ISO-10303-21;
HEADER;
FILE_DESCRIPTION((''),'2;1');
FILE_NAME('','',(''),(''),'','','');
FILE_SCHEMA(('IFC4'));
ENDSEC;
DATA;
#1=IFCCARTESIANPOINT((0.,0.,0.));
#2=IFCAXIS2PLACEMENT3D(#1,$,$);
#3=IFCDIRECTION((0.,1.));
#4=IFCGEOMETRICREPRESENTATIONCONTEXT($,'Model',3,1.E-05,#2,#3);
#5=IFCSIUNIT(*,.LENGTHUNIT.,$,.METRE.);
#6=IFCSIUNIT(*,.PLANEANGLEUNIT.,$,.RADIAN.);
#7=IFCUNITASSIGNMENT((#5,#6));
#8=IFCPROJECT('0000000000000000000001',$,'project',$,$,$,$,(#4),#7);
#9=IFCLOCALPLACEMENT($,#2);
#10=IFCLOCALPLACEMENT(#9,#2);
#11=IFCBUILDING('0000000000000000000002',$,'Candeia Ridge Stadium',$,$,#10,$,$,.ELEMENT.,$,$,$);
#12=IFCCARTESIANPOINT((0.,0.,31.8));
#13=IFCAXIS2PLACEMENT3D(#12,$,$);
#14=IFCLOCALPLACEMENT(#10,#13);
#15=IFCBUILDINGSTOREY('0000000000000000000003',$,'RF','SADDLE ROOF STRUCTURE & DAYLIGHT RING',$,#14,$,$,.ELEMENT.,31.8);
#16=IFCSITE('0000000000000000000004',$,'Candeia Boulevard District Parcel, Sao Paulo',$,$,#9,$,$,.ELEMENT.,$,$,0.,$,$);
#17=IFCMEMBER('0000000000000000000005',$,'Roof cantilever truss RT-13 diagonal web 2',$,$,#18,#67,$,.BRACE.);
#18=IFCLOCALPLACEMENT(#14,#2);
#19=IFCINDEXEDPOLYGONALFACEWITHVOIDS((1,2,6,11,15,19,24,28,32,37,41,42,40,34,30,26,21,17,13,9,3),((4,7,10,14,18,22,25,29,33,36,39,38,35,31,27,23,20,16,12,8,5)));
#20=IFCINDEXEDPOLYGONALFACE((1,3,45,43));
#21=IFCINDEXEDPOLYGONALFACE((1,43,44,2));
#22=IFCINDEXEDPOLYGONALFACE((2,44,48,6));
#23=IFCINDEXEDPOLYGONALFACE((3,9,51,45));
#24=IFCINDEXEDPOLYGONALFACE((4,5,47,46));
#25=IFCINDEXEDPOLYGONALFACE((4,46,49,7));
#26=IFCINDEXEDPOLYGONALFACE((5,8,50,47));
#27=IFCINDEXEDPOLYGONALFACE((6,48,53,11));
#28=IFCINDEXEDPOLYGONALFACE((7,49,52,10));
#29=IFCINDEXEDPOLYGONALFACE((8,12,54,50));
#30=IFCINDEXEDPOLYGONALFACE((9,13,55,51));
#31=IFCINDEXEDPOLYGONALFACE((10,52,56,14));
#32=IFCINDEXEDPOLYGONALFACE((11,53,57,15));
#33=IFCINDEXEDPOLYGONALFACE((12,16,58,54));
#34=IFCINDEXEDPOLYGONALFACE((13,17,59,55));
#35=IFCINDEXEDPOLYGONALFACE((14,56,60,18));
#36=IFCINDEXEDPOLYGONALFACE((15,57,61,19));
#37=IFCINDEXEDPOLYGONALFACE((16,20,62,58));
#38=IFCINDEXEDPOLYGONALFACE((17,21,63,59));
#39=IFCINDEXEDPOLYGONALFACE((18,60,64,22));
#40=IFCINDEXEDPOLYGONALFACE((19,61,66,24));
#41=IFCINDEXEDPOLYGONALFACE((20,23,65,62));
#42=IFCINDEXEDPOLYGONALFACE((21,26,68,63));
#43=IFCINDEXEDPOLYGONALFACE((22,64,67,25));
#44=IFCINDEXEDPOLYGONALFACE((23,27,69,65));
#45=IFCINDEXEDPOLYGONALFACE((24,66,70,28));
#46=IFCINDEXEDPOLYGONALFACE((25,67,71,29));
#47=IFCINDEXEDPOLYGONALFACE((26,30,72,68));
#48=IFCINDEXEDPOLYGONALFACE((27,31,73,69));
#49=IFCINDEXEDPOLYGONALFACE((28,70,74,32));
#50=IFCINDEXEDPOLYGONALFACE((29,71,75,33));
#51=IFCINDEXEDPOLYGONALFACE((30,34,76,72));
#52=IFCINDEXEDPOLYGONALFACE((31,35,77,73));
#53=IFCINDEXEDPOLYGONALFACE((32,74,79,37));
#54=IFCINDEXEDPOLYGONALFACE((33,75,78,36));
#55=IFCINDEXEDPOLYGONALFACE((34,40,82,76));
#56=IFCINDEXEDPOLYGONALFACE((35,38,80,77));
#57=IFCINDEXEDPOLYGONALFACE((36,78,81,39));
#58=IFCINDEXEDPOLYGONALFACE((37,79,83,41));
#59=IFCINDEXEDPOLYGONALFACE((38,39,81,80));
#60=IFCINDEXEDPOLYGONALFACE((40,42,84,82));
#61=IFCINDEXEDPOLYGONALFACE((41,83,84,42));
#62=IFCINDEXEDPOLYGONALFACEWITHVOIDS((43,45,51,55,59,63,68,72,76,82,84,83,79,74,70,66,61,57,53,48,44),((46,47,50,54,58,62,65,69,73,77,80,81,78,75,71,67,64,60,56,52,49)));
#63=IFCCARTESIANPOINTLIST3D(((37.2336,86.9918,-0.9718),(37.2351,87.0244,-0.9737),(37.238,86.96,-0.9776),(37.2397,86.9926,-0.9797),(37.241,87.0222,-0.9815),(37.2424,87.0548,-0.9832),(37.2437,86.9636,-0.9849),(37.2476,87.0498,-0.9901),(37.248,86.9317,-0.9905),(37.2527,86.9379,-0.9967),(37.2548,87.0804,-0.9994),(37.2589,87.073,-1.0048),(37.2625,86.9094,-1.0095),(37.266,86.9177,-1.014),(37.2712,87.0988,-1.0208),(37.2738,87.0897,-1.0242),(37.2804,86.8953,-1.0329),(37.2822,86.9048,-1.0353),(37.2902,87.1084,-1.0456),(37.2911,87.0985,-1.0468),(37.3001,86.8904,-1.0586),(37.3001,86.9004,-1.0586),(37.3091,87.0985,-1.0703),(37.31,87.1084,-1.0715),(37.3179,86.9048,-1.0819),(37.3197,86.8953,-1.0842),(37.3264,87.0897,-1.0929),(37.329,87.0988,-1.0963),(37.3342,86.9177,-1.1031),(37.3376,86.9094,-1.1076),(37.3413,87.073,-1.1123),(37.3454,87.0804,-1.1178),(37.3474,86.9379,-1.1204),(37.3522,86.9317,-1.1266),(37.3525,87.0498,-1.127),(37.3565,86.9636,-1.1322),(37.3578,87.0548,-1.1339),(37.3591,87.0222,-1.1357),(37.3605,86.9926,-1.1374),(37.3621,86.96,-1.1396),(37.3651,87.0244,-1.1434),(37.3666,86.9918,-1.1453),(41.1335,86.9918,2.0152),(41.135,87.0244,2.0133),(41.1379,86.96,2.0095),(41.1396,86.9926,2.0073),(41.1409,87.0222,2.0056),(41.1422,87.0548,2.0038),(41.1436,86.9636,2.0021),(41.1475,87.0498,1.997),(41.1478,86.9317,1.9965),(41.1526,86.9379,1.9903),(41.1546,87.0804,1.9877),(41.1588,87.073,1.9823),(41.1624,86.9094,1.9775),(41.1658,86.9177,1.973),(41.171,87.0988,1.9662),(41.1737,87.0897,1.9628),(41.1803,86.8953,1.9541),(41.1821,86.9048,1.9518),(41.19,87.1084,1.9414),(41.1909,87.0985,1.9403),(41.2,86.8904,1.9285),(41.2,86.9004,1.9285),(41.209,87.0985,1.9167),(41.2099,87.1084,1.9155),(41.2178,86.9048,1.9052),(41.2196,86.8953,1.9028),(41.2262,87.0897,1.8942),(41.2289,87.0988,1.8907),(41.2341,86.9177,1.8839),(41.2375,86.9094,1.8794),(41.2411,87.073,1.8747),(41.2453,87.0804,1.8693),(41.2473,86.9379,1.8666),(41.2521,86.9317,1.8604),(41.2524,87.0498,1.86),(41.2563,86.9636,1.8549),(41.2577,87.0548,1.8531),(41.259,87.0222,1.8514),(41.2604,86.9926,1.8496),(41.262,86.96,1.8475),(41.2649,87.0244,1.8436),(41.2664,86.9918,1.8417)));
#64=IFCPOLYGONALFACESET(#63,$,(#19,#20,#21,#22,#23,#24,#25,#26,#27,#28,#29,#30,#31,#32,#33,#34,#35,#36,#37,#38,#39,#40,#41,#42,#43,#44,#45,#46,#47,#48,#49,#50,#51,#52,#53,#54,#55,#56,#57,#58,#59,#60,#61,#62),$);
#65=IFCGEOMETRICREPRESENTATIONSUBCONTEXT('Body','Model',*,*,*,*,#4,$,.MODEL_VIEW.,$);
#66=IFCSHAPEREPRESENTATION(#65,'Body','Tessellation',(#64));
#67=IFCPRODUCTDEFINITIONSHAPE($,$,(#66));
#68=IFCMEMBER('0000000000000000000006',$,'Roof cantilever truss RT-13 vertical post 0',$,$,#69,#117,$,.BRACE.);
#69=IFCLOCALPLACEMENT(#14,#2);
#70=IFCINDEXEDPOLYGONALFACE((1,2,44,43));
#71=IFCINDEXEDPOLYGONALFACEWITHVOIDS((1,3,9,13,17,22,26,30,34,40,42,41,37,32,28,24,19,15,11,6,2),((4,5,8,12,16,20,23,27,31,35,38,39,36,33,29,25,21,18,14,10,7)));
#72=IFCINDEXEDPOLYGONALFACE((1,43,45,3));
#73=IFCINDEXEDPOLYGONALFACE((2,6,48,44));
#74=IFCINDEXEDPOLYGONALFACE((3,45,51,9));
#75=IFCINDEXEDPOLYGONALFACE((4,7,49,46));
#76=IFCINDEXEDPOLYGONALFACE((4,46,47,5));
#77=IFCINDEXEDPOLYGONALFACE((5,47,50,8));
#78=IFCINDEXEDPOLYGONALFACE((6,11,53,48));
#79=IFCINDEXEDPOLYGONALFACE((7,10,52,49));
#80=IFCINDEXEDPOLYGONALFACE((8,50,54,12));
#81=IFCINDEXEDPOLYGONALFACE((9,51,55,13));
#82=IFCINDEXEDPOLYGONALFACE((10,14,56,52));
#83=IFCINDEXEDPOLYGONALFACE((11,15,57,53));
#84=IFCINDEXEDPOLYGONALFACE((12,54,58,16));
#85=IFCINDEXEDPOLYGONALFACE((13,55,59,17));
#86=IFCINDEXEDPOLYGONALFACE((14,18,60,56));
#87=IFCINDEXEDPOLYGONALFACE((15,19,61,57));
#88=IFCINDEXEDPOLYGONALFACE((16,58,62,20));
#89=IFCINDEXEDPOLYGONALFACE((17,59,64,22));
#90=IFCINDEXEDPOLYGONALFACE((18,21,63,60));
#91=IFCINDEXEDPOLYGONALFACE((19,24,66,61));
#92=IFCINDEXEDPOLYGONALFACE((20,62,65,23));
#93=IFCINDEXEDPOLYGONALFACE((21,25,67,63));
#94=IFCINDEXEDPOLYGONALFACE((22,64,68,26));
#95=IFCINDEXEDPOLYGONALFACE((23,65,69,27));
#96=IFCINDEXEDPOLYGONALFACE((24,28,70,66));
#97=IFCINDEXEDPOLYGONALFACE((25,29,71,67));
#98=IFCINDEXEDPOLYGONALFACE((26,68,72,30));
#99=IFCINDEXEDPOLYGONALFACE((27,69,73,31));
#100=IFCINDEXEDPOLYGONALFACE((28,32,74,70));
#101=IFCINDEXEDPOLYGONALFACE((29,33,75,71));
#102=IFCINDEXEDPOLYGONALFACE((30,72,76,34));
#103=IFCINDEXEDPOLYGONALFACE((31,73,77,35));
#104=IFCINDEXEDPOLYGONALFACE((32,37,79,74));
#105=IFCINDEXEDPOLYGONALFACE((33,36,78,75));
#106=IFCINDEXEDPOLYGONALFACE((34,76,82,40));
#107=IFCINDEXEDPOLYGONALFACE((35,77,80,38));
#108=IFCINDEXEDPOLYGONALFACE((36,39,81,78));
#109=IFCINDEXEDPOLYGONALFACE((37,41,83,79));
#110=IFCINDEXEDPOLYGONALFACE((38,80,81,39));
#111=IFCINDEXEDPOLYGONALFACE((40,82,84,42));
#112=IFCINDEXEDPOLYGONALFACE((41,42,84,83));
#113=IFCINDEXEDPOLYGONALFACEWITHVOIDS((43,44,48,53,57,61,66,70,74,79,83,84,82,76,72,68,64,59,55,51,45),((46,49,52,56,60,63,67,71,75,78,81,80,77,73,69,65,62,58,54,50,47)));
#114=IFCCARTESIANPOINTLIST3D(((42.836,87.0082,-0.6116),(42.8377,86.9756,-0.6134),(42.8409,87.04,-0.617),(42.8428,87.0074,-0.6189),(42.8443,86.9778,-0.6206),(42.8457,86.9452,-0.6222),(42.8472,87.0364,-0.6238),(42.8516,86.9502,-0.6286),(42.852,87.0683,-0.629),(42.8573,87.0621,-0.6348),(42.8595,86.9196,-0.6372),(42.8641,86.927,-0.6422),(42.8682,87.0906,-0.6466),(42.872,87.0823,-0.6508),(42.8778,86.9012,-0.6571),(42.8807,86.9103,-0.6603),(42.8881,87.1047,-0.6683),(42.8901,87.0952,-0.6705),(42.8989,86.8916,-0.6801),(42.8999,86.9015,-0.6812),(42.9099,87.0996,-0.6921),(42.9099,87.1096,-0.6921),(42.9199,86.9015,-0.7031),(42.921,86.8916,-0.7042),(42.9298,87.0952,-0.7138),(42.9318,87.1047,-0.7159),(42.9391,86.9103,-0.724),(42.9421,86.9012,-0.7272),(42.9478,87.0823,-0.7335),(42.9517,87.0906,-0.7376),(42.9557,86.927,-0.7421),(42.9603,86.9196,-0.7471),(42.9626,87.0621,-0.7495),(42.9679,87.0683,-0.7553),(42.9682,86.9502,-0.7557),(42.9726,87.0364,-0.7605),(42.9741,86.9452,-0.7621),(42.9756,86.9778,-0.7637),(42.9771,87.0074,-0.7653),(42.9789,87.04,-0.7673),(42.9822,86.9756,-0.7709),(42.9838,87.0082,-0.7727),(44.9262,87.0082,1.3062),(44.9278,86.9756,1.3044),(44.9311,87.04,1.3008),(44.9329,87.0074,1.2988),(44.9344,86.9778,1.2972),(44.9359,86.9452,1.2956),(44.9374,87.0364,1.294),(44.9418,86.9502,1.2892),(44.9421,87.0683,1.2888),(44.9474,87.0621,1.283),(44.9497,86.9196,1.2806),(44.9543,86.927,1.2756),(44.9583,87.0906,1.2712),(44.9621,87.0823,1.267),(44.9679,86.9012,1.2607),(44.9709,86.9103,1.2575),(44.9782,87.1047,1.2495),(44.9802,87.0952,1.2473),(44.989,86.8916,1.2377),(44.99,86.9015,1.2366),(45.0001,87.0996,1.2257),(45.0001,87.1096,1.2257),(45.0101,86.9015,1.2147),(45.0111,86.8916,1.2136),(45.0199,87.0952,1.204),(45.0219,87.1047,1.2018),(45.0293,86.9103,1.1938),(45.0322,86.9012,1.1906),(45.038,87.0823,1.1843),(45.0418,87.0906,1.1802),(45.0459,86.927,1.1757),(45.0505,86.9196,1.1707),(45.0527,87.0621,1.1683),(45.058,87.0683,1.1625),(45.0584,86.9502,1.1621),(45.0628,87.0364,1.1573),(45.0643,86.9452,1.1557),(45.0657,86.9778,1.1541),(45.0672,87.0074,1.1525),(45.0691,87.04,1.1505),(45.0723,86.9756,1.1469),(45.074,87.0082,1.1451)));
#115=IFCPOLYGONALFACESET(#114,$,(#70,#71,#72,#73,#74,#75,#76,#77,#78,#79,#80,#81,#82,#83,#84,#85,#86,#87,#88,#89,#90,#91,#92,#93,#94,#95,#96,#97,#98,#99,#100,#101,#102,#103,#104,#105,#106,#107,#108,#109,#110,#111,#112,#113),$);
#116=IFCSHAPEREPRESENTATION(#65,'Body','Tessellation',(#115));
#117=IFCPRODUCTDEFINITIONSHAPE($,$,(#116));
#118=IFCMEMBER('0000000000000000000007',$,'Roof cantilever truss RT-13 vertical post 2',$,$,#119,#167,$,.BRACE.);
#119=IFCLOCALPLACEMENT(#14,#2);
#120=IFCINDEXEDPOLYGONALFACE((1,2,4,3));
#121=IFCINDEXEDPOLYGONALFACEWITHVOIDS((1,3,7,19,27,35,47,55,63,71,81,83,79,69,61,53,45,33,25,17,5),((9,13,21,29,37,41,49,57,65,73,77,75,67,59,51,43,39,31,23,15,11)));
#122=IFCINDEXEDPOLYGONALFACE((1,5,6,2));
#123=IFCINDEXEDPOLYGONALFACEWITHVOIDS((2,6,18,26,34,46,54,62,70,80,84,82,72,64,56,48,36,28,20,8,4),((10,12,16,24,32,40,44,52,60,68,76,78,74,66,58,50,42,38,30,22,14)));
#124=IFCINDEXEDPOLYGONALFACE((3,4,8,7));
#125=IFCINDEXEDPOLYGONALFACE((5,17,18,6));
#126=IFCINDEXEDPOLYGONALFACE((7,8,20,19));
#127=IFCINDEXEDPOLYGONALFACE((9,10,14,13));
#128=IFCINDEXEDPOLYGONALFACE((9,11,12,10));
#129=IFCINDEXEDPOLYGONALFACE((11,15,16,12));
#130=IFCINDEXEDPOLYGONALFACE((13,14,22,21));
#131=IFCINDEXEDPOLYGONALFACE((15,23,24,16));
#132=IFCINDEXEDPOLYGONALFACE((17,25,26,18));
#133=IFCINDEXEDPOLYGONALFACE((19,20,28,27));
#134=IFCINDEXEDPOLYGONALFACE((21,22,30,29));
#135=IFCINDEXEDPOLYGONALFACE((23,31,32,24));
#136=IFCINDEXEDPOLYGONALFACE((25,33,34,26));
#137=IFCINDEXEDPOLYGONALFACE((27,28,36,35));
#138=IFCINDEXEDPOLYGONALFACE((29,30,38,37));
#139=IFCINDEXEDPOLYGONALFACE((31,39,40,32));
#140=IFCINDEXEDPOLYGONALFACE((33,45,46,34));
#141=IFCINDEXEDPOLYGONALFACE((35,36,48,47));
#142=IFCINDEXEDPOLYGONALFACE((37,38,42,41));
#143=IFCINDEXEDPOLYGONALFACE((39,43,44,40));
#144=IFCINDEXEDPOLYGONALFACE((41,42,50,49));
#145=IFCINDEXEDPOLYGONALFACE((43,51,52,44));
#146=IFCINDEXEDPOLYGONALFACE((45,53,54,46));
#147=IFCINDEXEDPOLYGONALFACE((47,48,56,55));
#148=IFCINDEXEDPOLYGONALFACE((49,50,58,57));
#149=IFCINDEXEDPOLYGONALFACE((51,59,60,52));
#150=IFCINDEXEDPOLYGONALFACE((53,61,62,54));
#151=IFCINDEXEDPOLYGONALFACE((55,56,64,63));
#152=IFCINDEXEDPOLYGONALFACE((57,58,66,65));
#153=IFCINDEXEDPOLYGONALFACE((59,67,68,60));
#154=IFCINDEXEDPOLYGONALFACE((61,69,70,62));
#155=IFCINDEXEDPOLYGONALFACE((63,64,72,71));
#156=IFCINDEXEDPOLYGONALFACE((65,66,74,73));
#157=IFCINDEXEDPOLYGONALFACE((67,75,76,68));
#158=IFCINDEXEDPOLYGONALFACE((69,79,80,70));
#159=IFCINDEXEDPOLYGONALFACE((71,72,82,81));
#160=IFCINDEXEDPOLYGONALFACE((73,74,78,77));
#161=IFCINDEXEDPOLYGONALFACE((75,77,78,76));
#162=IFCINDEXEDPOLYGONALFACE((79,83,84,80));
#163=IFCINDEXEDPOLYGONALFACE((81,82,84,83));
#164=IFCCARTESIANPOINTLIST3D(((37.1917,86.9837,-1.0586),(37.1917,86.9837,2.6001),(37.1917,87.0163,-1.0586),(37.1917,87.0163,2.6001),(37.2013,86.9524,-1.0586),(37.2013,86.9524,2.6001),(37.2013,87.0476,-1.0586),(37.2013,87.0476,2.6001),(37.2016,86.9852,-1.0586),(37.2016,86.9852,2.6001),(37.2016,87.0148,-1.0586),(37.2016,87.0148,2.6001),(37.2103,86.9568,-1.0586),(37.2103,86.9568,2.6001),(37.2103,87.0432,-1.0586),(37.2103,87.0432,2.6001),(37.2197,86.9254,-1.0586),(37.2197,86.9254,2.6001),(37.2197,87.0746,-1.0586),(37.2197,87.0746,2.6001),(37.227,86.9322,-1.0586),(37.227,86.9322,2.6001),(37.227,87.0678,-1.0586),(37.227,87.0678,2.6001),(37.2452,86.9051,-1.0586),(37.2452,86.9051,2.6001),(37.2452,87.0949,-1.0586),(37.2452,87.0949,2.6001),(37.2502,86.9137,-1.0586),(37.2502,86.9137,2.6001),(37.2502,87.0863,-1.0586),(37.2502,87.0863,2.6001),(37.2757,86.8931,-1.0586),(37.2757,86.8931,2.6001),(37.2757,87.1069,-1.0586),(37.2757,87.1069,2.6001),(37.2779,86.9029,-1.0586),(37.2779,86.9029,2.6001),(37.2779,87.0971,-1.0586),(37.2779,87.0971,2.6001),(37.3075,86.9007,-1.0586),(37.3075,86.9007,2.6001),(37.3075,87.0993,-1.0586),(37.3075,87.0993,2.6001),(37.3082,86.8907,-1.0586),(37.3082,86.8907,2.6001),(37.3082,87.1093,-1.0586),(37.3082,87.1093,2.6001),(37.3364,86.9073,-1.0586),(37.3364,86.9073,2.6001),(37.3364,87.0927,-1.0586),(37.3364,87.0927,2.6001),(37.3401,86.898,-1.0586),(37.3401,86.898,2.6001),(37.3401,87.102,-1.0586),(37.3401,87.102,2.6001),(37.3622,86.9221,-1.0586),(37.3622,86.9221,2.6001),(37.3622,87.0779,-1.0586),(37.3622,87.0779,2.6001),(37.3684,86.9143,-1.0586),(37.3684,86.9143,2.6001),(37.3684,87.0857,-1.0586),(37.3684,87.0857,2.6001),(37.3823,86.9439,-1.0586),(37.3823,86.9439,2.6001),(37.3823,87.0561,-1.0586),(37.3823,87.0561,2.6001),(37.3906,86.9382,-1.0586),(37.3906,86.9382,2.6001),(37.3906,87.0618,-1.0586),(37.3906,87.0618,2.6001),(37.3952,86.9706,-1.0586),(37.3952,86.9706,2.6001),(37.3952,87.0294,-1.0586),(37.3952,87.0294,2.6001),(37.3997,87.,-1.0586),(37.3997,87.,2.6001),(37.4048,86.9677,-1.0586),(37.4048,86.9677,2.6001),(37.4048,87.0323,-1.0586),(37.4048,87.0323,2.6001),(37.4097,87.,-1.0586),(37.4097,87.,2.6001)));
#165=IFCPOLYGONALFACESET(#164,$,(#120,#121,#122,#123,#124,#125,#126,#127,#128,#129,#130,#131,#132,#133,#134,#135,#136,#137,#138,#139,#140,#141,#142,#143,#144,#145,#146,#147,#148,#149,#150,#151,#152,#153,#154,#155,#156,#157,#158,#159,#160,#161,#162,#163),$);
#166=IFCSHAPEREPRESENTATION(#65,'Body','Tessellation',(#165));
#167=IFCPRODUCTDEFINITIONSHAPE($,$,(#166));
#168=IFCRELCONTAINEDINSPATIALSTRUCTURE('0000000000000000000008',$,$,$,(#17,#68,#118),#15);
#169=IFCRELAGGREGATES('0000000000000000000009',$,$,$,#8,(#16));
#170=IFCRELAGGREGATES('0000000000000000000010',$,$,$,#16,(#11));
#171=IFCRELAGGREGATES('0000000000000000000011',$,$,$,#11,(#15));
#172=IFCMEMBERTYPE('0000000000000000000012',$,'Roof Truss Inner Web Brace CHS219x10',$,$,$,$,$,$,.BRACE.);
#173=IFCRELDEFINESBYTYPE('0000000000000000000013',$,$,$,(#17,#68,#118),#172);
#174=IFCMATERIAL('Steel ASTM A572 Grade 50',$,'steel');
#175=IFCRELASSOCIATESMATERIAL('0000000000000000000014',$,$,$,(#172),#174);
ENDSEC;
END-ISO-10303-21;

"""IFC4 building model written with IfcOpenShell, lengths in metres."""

from ifc_helpers import new_model, si_unit, direction, frame, origin, origin_2d, place, context, subcontext, project, spatial, hollow_circle, extrude, material, material_profile, profile_set, type_object, element, save


model = new_model("IFC4")

# Units and contexts
model_context = context("Model", 3, precision=1e-05, world=origin(), true_north=direction((0.0, 1.0)))
body_context = subcontext(model_context, "Body", "Model", "MODEL_VIEW")
ifc_project = project(units=[si_unit("LENGTHUNIT", "METRE"), si_unit("PLANEANGLEUNIT", "RADIAN")], contexts=[model_context])

# Site, building, storey
site_placement = place(None, origin())
site = spatial("IfcSite", under=ifc_project, at=site_placement, Name="Candeia Boulevard District Parcel, Sao Paulo", CompositionType="ELEMENT", RefElevation=0.0)
building_placement = place(site_placement, origin())
building = spatial("IfcBuilding", under=site, at=building_placement, Name="Candeia Ridge Stadium", CompositionType="ELEMENT")
storey_placement = place(building_placement, frame((0.0, 0.0, 31.8)))
storey = spatial("IfcBuildingStorey", under=building, at=storey_placement, Name="RF", Description="SADDLE ROOF STRUCTURE & DAYLIGHT RING", CompositionType="ELEMENT", Elevation=31.8)

# Shared definitions
ifc_material_1 = material(Name="Steel ASTM A572 Grade 50", Category="steel")

# Members
ifc_material_profile_1 = material_profile(ifc_material_1, hollow_circle(Radius=0.1096, WallThickness=0.01, at=origin_2d()), Name="CHS219x10", Category="steel")
ifc_profile_set_1 = profile_set([ifc_material_profile_1], Name="Steel ASTM A572 Grade 50")
member_type_1 = type_object("IfcMemberType", Name="Roof Truss Inner Web Brace CHS219x10", PredefinedType="BRACE", material=ifc_profile_set_1)
member_1_placement = place(storey_placement, frame((41.2, 87.0, 1.9285), z_axis=(-0.793888, 0.0, -0.608064), x_axis=(0.0, -1.0, 0.0)))
element("IfcMember", 1, at=member_1_placement, inside=storey, type_object=member_type_1, Name="Roof cantilever truss RT-13 diagonal web 2", PredefinedType="BRACE", context=body_context, shape_type="SweptSolid", body=[
    extrude(hollow_circle(Radius=0.1096, WallThickness=0.01, at=origin_2d()), origin(), (0.0, 0.0, 1.0), 4.9124),
])
member_2_placement = place(storey_placement, frame((42.9099, 87.0, -0.6921), z_axis=(0.736836, 0.0, 0.676071), x_axis=(0.0, 1.0, 0.0)))
element("IfcMember", 2, at=member_2_placement, inside=storey, type_object=member_type_1, Name="Roof cantilever truss RT-13 vertical post 0", PredefinedType="BRACE", context=body_context, shape_type="SweptSolid", body=[
    extrude(hollow_circle(Radius=0.1096, WallThickness=0.01, at=origin_2d()), origin(), (0.0, 0.0, 1.0), 2.8367),
])
member_3_placement = place(storey_placement, frame((37.3, 87.0, -1.0586), z_axis=(0.0, 0.0, 1.0), x_axis=(1.0, 0.0, 0.0)))
element("IfcMember", 3, at=member_3_placement, inside=storey, type_object=member_type_1, Name="Roof cantilever truss RT-13 vertical post 2", PredefinedType="BRACE", context=body_context, shape_type="SweptSolid", body=[
    extrude(hollow_circle(Radius=0.1096, WallThickness=0.01, at=origin_2d()), origin(), (0.0, 0.0, 1.0), 3.6587),
])

save(model, "model.ifc")
